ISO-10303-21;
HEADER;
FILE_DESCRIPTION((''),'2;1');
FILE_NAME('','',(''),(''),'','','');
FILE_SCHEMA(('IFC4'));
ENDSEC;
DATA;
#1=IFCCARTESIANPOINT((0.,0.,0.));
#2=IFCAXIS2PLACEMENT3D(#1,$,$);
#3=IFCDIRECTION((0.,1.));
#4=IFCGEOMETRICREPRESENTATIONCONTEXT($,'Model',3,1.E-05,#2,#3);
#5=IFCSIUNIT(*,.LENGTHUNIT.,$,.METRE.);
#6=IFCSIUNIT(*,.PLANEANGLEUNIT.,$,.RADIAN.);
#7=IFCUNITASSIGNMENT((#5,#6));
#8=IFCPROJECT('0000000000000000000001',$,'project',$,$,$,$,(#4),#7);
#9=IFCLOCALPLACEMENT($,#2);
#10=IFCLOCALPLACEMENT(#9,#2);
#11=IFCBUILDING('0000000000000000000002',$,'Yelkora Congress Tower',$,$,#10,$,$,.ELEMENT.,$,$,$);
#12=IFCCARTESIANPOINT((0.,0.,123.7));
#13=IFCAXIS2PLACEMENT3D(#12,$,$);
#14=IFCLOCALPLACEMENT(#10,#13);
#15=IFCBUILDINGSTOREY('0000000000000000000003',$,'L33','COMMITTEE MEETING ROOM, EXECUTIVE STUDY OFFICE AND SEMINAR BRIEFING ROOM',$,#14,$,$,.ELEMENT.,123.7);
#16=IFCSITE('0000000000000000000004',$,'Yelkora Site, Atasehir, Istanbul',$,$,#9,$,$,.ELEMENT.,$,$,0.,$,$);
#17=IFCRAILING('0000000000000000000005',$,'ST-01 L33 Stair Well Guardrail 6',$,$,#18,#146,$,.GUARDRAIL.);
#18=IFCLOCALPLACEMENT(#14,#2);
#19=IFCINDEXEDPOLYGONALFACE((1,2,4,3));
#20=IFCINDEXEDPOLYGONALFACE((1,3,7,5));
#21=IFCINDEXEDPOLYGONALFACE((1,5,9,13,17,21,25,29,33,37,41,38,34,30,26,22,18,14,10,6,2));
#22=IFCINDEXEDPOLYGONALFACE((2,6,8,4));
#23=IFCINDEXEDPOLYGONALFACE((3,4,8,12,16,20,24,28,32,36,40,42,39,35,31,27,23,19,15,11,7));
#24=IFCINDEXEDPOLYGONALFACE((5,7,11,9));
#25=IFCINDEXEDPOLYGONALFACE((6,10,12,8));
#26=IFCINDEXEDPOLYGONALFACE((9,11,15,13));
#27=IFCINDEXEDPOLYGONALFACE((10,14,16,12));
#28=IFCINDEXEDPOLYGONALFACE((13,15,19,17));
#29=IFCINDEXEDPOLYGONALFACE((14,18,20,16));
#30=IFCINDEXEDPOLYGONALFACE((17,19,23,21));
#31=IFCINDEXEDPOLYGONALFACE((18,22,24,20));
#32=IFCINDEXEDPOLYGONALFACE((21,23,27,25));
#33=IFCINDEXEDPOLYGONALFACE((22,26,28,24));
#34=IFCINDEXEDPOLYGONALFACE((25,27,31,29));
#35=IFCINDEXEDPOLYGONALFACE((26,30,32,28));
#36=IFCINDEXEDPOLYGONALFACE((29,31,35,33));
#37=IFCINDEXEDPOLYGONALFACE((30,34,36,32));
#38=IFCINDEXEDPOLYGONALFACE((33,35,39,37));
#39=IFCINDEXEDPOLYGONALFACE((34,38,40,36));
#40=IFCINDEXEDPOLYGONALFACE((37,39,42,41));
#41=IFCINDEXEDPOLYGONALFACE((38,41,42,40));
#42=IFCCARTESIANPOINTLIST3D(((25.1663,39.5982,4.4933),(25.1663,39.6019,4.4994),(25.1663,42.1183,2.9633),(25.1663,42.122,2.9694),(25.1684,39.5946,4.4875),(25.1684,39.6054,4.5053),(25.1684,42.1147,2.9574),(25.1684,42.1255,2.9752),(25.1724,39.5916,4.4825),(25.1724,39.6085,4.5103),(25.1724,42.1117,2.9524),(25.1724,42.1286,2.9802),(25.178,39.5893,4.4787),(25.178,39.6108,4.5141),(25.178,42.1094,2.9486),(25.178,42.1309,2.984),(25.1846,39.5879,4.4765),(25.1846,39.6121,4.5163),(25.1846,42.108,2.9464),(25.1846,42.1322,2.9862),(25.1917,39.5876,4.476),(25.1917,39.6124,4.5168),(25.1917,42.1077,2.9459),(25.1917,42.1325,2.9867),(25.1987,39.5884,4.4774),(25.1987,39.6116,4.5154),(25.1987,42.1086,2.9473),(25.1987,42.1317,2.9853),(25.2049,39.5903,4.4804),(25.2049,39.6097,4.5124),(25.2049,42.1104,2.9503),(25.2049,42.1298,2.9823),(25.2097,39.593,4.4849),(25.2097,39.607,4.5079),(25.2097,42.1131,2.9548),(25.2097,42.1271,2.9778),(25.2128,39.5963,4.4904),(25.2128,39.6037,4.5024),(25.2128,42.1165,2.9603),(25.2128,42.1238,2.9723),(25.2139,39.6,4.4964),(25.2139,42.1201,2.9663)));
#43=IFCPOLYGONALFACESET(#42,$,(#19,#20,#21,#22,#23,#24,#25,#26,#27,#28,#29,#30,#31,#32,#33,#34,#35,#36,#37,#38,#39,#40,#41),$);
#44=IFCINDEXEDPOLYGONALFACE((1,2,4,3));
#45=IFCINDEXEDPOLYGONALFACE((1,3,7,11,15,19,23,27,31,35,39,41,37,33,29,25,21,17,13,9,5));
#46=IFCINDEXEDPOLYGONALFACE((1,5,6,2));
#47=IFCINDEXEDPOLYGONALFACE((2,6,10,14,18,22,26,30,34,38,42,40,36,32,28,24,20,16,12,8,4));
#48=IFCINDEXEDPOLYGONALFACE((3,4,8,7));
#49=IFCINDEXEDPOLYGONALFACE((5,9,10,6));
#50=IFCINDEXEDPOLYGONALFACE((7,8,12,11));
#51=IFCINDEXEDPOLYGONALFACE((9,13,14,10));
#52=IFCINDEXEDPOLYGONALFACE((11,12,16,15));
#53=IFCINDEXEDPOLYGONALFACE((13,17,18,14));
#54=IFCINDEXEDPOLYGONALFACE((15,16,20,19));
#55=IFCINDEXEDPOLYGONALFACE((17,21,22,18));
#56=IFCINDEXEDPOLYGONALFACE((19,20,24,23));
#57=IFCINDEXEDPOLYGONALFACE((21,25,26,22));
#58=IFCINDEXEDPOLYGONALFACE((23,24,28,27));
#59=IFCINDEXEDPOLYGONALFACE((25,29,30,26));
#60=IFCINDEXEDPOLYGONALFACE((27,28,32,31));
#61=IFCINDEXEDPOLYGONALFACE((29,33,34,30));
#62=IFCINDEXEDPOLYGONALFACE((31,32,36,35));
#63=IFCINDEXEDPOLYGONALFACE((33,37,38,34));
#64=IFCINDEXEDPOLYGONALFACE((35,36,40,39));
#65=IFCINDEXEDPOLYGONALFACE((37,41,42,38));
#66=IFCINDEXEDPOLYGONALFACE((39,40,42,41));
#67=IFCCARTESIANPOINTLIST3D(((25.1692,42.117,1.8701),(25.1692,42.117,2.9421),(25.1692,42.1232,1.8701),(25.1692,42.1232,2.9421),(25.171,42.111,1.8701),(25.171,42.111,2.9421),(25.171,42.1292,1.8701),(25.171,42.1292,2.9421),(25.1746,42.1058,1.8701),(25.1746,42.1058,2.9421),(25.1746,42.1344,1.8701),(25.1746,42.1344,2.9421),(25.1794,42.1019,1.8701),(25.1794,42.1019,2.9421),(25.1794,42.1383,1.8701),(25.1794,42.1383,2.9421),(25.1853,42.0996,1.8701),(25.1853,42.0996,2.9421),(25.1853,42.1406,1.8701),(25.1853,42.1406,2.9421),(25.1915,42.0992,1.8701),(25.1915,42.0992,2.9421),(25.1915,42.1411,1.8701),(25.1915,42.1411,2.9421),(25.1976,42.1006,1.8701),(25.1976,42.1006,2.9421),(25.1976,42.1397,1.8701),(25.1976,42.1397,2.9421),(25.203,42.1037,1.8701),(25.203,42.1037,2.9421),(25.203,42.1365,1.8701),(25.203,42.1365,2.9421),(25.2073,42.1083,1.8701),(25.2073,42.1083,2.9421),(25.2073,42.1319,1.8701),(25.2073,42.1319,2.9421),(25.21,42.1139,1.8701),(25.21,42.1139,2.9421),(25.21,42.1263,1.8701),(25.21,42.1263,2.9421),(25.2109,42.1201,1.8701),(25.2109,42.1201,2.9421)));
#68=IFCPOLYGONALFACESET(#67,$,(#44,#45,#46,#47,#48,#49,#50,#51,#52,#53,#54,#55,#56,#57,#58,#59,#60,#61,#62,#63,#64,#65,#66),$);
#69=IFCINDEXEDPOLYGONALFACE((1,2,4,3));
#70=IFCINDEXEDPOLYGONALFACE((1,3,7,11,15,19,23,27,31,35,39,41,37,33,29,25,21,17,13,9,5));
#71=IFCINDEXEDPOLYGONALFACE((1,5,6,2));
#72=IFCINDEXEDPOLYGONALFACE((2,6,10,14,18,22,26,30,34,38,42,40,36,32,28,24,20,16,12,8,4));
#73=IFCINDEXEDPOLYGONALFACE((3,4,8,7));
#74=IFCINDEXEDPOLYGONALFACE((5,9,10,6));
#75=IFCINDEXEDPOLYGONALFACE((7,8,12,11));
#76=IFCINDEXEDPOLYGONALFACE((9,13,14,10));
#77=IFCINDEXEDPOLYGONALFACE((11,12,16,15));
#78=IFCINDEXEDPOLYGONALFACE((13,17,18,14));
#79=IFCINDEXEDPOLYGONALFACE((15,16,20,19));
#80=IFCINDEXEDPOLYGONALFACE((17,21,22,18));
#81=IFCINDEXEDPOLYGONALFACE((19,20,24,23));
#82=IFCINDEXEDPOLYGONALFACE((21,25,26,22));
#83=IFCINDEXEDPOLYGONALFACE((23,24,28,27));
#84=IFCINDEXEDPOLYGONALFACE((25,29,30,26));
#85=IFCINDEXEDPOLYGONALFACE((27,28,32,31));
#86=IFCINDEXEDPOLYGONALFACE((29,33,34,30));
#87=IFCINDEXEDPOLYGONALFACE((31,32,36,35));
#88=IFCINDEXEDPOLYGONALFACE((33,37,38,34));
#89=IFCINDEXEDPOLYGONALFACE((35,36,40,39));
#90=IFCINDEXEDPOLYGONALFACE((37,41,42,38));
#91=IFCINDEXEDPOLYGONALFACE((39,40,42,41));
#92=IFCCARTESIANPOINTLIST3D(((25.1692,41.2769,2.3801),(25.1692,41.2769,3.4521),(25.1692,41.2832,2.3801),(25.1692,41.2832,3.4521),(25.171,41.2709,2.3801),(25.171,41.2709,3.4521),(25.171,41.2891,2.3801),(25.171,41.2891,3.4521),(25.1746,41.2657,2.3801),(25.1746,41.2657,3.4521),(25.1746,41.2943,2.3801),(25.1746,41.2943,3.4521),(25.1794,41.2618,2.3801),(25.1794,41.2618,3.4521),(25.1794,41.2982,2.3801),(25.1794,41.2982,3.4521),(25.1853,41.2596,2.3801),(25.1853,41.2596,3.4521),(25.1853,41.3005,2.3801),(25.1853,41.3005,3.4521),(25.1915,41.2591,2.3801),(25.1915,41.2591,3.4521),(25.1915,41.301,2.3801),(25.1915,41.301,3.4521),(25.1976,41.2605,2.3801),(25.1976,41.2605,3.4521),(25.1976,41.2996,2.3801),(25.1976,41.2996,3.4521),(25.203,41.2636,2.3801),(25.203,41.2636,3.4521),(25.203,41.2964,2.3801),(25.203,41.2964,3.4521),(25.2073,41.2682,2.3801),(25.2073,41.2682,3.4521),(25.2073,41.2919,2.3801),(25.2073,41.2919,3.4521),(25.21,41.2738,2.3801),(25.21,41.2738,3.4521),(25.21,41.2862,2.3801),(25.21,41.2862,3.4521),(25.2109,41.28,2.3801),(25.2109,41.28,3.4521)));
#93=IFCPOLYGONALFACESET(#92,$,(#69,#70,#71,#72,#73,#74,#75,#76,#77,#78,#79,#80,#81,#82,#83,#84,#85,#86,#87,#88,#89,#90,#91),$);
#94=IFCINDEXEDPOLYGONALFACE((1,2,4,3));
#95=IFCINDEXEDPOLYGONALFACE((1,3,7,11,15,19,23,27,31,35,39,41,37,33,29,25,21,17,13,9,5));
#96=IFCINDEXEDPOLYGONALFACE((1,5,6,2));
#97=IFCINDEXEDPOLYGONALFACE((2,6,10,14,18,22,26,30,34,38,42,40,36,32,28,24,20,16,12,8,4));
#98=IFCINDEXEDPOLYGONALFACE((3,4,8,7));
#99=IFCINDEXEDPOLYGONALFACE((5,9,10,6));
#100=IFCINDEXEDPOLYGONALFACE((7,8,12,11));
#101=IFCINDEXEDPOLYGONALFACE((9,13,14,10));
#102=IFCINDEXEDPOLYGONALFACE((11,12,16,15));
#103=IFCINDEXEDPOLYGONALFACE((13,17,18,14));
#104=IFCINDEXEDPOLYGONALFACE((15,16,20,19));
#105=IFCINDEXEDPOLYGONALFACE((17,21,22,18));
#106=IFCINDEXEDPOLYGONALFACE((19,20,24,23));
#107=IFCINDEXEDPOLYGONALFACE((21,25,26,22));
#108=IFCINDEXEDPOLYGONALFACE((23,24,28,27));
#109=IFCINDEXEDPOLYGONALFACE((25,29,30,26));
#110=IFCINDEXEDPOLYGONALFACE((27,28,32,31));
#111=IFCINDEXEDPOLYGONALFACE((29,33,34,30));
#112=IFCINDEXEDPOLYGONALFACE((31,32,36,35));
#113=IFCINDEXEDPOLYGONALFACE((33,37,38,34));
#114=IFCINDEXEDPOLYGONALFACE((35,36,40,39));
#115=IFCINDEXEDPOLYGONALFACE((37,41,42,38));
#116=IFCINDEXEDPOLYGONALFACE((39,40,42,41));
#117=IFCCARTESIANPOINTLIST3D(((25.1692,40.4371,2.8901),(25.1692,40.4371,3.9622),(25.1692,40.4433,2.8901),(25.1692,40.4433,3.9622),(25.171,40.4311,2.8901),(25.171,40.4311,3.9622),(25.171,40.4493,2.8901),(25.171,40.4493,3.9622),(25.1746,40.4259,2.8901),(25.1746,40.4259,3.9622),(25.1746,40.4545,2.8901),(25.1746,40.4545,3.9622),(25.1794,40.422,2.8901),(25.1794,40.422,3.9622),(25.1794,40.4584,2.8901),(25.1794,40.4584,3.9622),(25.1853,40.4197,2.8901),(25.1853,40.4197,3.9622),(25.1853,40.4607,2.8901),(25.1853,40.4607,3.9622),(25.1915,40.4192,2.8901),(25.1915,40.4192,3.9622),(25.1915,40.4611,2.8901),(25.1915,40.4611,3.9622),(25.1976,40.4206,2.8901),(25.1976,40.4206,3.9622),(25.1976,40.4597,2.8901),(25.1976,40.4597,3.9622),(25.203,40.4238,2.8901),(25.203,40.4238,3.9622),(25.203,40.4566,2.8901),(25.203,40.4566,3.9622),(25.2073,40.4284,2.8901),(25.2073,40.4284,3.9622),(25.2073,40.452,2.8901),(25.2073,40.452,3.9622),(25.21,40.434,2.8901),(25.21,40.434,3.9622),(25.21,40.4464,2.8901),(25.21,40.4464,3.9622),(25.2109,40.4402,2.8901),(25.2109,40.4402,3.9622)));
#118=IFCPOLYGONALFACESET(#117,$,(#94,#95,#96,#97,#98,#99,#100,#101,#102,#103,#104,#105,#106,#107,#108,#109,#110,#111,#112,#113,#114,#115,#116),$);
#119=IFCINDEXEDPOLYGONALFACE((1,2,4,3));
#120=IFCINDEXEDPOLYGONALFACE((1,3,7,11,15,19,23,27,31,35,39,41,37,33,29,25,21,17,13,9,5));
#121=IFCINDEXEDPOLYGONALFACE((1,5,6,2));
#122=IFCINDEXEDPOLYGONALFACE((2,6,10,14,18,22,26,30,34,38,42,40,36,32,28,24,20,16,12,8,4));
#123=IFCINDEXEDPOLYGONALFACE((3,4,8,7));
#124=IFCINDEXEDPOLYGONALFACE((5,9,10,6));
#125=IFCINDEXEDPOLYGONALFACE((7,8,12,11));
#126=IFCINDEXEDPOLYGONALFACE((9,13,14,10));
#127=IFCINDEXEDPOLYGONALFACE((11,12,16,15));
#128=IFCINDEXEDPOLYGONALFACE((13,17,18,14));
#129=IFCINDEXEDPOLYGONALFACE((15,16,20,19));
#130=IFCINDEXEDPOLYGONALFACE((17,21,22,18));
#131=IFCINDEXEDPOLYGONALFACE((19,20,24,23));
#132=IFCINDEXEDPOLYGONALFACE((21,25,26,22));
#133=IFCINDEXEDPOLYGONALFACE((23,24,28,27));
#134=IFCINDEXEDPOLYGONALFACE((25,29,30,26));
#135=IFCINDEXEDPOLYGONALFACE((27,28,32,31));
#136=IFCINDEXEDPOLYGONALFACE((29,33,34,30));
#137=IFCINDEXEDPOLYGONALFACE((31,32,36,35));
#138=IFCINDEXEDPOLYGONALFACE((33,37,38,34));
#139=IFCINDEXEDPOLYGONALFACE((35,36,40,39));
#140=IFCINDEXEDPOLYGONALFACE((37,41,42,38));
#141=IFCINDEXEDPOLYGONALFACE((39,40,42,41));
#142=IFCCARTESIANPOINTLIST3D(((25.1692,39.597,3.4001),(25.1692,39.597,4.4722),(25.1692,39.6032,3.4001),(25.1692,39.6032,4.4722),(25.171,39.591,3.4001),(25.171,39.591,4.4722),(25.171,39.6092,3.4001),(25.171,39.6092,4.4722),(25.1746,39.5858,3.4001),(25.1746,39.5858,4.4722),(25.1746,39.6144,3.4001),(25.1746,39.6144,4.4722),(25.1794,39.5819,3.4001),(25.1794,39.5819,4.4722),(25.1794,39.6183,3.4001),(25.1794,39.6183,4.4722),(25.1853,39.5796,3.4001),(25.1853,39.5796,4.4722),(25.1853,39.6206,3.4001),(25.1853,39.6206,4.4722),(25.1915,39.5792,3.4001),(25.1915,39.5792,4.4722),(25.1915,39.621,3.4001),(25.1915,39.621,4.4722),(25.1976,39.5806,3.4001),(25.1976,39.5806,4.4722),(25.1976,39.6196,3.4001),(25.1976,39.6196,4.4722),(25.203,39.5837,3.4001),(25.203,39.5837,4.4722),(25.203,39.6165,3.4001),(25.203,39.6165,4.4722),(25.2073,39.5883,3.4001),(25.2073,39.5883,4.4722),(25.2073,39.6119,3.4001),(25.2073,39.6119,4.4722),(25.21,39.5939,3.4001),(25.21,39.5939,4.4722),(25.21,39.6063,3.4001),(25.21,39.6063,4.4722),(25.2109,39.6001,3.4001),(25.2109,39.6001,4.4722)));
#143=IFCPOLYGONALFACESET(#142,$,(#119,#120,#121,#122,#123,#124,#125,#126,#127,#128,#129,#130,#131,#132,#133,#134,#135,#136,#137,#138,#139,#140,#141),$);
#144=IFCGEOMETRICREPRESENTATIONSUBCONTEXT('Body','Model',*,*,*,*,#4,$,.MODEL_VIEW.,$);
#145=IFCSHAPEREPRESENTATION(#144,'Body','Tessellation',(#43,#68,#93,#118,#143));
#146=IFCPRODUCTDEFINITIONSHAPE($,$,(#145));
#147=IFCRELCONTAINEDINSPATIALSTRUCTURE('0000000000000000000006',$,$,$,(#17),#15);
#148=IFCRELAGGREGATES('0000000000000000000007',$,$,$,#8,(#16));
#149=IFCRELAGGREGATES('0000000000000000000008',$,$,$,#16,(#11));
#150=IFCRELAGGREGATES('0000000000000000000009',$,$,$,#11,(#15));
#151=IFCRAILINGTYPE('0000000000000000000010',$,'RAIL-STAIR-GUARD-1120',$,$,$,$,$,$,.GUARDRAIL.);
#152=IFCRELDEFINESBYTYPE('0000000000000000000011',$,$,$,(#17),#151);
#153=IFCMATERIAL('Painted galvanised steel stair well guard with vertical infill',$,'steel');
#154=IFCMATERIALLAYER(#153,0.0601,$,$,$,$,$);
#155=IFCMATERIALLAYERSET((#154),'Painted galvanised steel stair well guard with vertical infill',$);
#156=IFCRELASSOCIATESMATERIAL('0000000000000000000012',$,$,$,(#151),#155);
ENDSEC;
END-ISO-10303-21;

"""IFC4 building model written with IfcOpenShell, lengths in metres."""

from ifc_helpers import new_model, si_unit, direction, frame, origin, origin_2d, place, context, subcontext, project, spatial, circle, extrude, material, layer, layer_set, type_object, element, save


model = new_model("IFC4")

# Units and contexts
model_context = context("Model", 3, precision=1e-05, world=origin(), true_north=direction((0.0, 1.0)))
body_context = subcontext(model_context, "Body", "Model", "MODEL_VIEW")
ifc_project = project(units=[si_unit("LENGTHUNIT", "METRE"), si_unit("PLANEANGLEUNIT", "RADIAN")], contexts=[model_context])

# Site, building, storey
site_placement = place(None, origin())
site = spatial("IfcSite", under=ifc_project, at=site_placement, Name="Yelkora Site, Atasehir, Istanbul", CompositionType="ELEMENT", RefElevation=0.0)
building_placement = place(site_placement, origin())
building = spatial("IfcBuilding", under=site, at=building_placement, Name="Yelkora Congress Tower", CompositionType="ELEMENT")
storey_placement = place(building_placement, frame((0.0, 0.0, 123.7)))
storey = spatial("IfcBuildingStorey", under=building, at=storey_placement, Name="L33", Description="COMMITTEE MEETING ROOM, EXECUTIVE STUDY OFFICE AND SEMINAR BRIEFING ROOM", CompositionType="ELEMENT", Elevation=123.7)

# Railing
ifc_material_1 = material(Name="Painted galvanised steel stair well guard with vertical infill", Category="steel")
ifc_layer_1 = layer(ifc_material_1, 0.0601)
ifc_layer_set_1 = layer_set([ifc_layer_1], Name="Painted galvanised steel stair well guard with vertical infill")
railing_type_1 = type_object("IfcRailingType", Name="RAIL-STAIR-GUARD-1120", PredefinedType="GUARDRAIL", material=ifc_layer_set_1)
railing_1_placement = place(storey_placement, frame((25.1899, 42.1201, 1.8701)))
element("IfcRailing", 1, at=railing_1_placement, inside=storey, type_object=railing_type_1, Name="ST-01 L33 Stair Well Guardrail 6", PredefinedType="GUARDRAIL", context=body_context, shape_type="SweptSolid", body=[
    extrude(circle(Radius=0.0239, at=origin_2d()), frame((0.0, 0.0, 1.0962), z_axis=(0.0, -0.854785, 0.518982), x_axis=(1.0, 0.0, 0.0)), (0.0, 0.0, 1.0), 2.9482),
    extrude(circle(Radius=0.021, at=origin_2d()), origin(), (0.0, 0.0, 1.0), 1.072),
    extrude(circle(Radius=0.021, at=origin_2d()), frame((0.0, -0.8401, 0.51)), (0.0, 0.0, 1.0), 1.072),
    extrude(circle(Radius=0.021, at=origin_2d()), frame((0.0, -1.6799, 1.02)), (0.0, 0.0, 1.0), 1.072),
    extrude(circle(Radius=0.021, at=origin_2d()), frame((0.0, -2.52, 1.53)), (0.0, 0.0, 1.0), 1.072),
])

save(model, "model.ifc")
